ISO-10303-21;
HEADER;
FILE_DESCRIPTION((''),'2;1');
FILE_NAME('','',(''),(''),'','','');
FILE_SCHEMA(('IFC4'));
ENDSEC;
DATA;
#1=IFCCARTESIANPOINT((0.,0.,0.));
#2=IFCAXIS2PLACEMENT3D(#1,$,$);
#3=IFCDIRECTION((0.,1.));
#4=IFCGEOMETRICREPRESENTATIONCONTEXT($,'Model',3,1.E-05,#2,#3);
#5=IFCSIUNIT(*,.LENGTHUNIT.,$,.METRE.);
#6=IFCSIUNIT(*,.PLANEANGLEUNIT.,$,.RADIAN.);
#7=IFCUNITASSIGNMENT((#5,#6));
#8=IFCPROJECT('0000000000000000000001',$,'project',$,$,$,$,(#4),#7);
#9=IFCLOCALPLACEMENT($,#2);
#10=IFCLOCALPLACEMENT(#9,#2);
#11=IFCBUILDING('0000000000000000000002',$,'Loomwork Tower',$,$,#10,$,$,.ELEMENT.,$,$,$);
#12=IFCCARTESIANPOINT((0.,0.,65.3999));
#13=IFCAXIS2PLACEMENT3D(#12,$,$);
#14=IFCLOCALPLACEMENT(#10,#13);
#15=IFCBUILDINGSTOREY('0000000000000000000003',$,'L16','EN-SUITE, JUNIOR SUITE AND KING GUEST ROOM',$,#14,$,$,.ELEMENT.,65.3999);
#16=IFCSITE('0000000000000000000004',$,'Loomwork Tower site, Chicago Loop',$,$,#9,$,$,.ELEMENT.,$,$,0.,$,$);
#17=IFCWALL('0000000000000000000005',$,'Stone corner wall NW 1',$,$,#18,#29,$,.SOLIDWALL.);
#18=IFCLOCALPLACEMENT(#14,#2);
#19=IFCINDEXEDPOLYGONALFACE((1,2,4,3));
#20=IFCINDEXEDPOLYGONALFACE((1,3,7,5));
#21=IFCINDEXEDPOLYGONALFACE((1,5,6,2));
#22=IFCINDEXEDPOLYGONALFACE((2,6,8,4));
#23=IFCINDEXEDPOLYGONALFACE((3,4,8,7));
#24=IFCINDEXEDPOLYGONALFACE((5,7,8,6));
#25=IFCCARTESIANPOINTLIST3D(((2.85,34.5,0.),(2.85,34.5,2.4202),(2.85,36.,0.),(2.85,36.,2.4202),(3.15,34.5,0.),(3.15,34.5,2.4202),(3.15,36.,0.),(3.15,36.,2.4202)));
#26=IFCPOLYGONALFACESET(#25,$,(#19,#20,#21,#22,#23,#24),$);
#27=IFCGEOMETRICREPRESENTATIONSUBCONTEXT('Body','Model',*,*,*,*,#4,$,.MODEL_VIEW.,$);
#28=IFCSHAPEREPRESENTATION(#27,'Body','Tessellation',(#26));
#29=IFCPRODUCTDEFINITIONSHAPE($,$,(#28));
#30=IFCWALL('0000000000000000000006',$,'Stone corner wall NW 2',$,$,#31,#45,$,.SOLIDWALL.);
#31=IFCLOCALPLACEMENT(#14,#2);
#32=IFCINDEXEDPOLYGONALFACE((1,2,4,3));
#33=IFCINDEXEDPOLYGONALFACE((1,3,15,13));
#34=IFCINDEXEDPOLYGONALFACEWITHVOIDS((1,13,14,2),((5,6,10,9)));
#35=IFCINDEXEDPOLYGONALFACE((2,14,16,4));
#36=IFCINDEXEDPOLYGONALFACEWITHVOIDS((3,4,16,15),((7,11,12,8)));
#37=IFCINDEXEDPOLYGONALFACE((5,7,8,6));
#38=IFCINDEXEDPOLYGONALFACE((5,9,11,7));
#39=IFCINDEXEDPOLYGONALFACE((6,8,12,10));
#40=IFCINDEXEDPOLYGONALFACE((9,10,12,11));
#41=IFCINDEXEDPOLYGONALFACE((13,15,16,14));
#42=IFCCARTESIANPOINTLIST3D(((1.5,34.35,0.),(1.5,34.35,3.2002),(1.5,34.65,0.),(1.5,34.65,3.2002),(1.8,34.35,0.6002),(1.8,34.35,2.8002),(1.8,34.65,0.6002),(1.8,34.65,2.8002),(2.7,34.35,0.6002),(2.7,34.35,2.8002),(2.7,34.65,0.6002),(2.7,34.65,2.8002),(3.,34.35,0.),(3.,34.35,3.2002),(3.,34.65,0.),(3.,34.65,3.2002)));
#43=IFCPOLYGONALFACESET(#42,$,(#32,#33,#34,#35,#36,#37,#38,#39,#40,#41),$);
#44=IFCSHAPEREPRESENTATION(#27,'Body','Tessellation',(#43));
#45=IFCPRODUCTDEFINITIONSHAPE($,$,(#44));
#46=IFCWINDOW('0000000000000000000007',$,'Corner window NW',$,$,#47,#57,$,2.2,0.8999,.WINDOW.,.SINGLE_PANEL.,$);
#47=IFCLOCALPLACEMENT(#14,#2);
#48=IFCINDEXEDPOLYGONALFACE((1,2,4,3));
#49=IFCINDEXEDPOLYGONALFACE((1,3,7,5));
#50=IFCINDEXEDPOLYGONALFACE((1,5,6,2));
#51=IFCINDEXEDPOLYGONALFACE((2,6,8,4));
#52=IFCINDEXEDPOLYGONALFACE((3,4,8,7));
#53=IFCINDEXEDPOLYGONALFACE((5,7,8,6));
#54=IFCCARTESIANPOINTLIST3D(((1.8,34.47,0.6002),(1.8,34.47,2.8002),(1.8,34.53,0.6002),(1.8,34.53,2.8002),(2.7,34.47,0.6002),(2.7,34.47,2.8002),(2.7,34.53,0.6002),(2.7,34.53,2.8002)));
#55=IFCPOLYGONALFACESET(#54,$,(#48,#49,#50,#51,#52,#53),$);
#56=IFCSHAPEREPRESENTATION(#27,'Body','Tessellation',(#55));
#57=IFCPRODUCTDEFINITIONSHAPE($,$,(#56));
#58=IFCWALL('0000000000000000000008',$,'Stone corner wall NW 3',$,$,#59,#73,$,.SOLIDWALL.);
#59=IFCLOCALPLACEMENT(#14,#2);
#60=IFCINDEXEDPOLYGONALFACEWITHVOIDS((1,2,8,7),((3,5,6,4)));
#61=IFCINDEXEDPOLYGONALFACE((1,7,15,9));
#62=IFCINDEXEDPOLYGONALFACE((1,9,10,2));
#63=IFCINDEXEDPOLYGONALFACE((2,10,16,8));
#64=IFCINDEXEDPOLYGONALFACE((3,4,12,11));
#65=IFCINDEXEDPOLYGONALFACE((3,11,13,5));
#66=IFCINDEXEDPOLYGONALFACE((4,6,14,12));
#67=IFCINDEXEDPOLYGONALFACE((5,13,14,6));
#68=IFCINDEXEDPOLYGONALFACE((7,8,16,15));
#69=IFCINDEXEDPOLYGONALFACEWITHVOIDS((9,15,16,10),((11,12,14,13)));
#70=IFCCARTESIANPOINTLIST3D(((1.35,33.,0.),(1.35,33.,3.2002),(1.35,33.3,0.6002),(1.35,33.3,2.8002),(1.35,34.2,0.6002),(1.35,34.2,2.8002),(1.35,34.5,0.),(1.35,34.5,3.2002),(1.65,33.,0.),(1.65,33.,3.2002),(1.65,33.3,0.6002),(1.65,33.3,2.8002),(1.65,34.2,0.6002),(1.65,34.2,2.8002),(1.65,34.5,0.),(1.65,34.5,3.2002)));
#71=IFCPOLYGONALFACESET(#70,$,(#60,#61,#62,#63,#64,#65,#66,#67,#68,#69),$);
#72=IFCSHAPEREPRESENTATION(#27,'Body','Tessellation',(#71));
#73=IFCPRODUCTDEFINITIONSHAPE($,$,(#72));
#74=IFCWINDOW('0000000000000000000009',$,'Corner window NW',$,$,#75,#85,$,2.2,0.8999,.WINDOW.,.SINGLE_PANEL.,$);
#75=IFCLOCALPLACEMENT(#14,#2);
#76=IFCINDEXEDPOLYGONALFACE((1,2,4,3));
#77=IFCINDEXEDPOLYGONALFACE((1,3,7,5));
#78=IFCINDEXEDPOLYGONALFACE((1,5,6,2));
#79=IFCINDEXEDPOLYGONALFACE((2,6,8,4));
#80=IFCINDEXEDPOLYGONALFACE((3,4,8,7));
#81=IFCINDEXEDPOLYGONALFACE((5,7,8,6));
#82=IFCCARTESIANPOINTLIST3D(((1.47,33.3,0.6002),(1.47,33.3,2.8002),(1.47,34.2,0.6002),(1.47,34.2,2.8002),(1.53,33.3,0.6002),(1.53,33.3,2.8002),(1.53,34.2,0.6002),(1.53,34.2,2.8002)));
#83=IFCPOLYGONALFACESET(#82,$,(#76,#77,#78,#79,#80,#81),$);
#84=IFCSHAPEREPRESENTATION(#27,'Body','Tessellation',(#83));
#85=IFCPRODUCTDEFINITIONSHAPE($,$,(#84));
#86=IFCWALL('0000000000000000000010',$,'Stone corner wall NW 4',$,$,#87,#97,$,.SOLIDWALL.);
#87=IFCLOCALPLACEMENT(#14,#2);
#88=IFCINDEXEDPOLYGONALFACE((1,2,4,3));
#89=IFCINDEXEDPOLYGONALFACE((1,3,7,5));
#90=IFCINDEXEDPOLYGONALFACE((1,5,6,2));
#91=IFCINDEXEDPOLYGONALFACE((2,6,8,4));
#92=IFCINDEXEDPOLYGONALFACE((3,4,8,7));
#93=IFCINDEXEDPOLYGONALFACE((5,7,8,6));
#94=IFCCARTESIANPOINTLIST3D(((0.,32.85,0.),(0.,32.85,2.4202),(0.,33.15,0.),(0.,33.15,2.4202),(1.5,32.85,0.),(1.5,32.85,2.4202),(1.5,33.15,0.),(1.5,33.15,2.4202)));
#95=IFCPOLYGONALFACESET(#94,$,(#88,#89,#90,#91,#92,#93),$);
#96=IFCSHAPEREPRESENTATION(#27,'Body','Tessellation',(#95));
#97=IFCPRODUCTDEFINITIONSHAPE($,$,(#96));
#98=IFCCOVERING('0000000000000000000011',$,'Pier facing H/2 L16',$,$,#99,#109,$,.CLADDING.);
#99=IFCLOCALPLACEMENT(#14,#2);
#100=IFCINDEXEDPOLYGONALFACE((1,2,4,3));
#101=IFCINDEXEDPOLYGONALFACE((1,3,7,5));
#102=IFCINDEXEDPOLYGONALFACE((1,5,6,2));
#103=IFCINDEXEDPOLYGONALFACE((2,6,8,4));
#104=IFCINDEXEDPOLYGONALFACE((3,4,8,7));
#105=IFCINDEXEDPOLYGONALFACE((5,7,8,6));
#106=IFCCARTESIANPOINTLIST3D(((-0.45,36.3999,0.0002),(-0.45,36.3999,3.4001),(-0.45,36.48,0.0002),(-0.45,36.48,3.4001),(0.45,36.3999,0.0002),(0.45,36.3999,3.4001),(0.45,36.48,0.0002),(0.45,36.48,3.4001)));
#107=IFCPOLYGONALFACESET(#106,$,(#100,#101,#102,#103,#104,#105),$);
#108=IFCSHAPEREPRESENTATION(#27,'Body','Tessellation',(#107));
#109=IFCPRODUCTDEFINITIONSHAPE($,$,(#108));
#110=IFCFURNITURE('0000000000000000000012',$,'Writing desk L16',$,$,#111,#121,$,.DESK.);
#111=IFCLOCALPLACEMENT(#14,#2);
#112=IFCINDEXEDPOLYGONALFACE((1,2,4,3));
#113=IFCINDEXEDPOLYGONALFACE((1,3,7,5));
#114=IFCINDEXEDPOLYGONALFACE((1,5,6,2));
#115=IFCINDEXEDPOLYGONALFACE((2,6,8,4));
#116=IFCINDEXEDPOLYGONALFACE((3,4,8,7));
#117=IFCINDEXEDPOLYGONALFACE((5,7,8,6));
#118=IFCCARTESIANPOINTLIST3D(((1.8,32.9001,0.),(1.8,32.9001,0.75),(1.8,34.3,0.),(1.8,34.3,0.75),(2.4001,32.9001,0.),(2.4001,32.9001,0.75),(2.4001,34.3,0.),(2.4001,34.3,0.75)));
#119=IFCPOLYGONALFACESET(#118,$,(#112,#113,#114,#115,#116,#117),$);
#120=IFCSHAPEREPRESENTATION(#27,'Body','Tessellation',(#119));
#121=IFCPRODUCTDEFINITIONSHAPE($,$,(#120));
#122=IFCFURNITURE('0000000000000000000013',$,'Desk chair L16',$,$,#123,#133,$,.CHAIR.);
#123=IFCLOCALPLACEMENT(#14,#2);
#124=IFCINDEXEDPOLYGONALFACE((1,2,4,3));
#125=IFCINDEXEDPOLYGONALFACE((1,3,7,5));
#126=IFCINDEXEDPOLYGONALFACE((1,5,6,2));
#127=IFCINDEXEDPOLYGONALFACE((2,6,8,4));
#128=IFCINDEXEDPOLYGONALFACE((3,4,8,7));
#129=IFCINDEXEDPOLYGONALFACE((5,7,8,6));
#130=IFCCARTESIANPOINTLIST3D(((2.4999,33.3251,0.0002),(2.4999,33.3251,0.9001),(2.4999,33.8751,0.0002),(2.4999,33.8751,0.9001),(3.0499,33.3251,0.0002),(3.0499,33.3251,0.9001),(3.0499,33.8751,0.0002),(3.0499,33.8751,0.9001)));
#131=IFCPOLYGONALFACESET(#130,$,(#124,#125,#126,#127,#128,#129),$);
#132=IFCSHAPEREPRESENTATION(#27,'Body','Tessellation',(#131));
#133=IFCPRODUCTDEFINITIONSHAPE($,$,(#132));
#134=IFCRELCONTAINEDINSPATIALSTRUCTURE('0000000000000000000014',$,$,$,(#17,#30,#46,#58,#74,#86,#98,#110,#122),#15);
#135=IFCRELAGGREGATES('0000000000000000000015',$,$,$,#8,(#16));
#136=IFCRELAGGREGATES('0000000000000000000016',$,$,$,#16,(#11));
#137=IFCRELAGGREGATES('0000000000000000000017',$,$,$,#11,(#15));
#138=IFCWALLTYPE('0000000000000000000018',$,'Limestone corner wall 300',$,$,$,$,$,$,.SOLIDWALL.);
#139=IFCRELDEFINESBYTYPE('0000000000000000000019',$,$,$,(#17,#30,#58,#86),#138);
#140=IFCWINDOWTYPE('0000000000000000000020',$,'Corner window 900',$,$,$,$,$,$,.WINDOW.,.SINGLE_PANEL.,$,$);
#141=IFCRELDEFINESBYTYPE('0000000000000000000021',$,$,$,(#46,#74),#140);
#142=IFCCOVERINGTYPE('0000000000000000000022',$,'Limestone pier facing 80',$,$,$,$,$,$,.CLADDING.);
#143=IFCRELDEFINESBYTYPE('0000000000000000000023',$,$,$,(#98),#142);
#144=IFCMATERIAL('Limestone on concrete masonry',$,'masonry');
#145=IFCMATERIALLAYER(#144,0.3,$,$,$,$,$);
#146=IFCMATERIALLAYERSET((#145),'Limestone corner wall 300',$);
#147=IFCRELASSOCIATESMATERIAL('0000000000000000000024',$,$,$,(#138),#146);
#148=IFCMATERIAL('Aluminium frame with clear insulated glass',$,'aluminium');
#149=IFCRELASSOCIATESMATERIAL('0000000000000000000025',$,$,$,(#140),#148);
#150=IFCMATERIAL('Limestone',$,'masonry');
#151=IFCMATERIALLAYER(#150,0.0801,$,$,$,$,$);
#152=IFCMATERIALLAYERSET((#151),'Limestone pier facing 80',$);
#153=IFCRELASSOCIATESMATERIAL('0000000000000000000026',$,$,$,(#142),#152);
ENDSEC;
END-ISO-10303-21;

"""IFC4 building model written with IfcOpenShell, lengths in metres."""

from ifc_helpers import new_model, si_unit, direction, frame, frame_2d, origin, origin_2d, place, context, subcontext, project, spatial, rectangle, extrude, material, layer, layer_set, type_object, element, fill, save


model = new_model("IFC4")

# Units and contexts
model_context = context("Model", 3, precision=1e-05, world=origin(), true_north=direction((0.0, 1.0)))
body_context = subcontext(model_context, "Body", "Model", "MODEL_VIEW")
ifc_project = project(units=[si_unit("LENGTHUNIT", "METRE"), si_unit("PLANEANGLEUNIT", "RADIAN")], contexts=[model_context])

# Site, building, storey
site_placement = place(None, origin())
site = spatial("IfcSite", under=ifc_project, at=site_placement, Name="Loomwork Tower site, Chicago Loop", CompositionType="ELEMENT", RefElevation=0.0)
building_placement = place(site_placement, origin())
building = spatial("IfcBuilding", under=site, at=building_placement, Name="Loomwork Tower", CompositionType="ELEMENT")
storey_placement = place(building_placement, frame((0.0, 0.0, 65.3999)))
storey = spatial("IfcBuildingStorey", under=building, at=storey_placement, Name="L16", Description="EN-SUITE, JUNIOR SUITE AND KING GUEST ROOM", CompositionType="ELEMENT", Elevation=65.3999)

# Wall
ifc_material_1 = material(Name="Limestone on concrete masonry", Category="masonry")
ifc_layer_1 = layer(ifc_material_1, 0.3)
ifc_layer_set_1 = layer_set([ifc_layer_1], Name="Limestone corner wall 300")
wall_type_1 = type_object("IfcWallType", Name="Limestone corner wall 300", PredefinedType="SOLIDWALL", material=ifc_layer_set_1)
wall_1_placement = place(storey_placement, frame((3.0, 36.0, 0.0), z_axis=(0.0, 0.0, 1.0), x_axis=(0.0, -1.0, 0.0)))
element("IfcWall", 1, at=wall_1_placement, inside=storey, type_object=wall_type_1, Name="Stone corner wall NW 1", PredefinedType="SOLIDWALL", context=body_context, shape_type="SweptSolid", body=[
    extrude(rectangle(XDim=1.5, YDim=0.3, at=frame_2d((0.75, 0.0))), origin(), (0.0, 0.0, 1.0), 2.4202),
])

# Walls, openings, windows
wall_2_placement = place(storey_placement, frame((3.0, 34.5, 0.0), z_axis=(0.0, 0.0, 1.0), x_axis=(-1.0, 0.0, 0.0)))
wall_2 = element("IfcWall", 2, at=wall_2_placement, inside=storey, type_object=wall_type_1, Name="Stone corner wall NW 2", PredefinedType="SOLIDWALL", context=body_context, shape_type="SweptSolid", body=[
    extrude(rectangle(XDim=1.5, YDim=0.3, at=frame_2d((0.75, 0.0))), origin(), (0.0, 0.0, 1.0), 3.2002),
])
opening_1_placement = place(wall_2_placement, frame((0.3, 0.0, 0.6001)))
opening_1 = element("IfcOpeningElement", 3, at=opening_1_placement, cuts=wall_2, PredefinedType="OPENING", context=body_context, shape_type="SweptSolid", body=[
    extrude(rectangle(XDim=0.8999, YDim=2.2, at=frame_2d((0.45, 1.1001))), frame((0.0, 0.1599, 0.0), z_axis=(0.0, -1.0, 0.0), x_axis=(1.0, 0.0, 0.0)), (0.0, 0.0, 1.0), 0.3201),
])
ifc_material_2 = material(Name="Aluminium frame with clear insulated glass", Category="aluminium")
window_type_1 = type_object("IfcWindowType", Name="Corner window 900", PartitioningType="SINGLE_PANEL", PredefinedType="WINDOW", material=ifc_material_2)
window_1_placement = place(opening_1_placement, origin())
window_1 = element("IfcWindow", 4, at=window_1_placement, inside=storey, type_object=window_type_1, Name="Corner window NW", OverallHeight=2.2, OverallWidth=0.8999, PartitioningType="SINGLE_PANEL", PredefinedType="WINDOW", context=body_context, shape_type="SweptSolid", body=[
    extrude(rectangle(XDim=0.8999, YDim=2.2, at=frame_2d((0.45, 1.1001))), frame((0.0, 0.03, 0.0), z_axis=(0.0, -1.0, 0.0), x_axis=(1.0, 0.0, 0.0)), (0.0, 0.0, 1.0), 0.0601),
])
fill(opening_1, window_1)
wall_3_placement = place(storey_placement, frame((1.5, 34.5, 0.0), z_axis=(0.0, 0.0, 1.0), x_axis=(0.0, -1.0, 0.0)))
wall_3 = element("IfcWall", 5, at=wall_3_placement, inside=storey, type_object=wall_type_1, Name="Stone corner wall NW 3", PredefinedType="SOLIDWALL", context=body_context, shape_type="SweptSolid", body=[
    extrude(rectangle(XDim=1.5, YDim=0.3, at=frame_2d((0.75, 0.0))), origin(), (0.0, 0.0, 1.0), 3.2002),
])
opening_2_placement = place(wall_3_placement, frame((0.3, 0.0, 0.6001)))
opening_2 = element("IfcOpeningElement", 6, at=opening_2_placement, cuts=wall_3, PredefinedType="OPENING", context=body_context, shape_type="SweptSolid", body=[
    extrude(rectangle(XDim=0.8999, YDim=2.2, at=frame_2d((0.45, 1.1001))), frame((0.0, 0.1599, 0.0), z_axis=(0.0, -1.0, 0.0), x_axis=(1.0, 0.0, 0.0)), (0.0, 0.0, 1.0), 0.3201),
])
window_2_placement = place(opening_2_placement, origin())
window_2 = element("IfcWindow", 7, at=window_2_placement, inside=storey, type_object=window_type_1, Name="Corner window NW", OverallHeight=2.2, OverallWidth=0.8999, PartitioningType="SINGLE_PANEL", PredefinedType="WINDOW", context=body_context, shape_type="SweptSolid", body=[
    extrude(rectangle(XDim=0.8999, YDim=2.2, at=frame_2d((0.45, 1.1001))), frame((0.0, 0.03, 0.0), z_axis=(0.0, -1.0, 0.0), x_axis=(1.0, 0.0, 0.0)), (0.0, 0.0, 1.0), 0.0601),
])
fill(opening_2, window_2)

# Wall
wall_4_placement = place(storey_placement, frame((1.5, 33.0, 0.0), z_axis=(0.0, 0.0, 1.0), x_axis=(-1.0, 0.0, 0.0)))
element("IfcWall", 8, at=wall_4_placement, inside=storey, type_object=wall_type_1, Name="Stone corner wall NW 4", PredefinedType="SOLIDWALL", context=body_context, shape_type="SweptSolid", body=[
    extrude(rectangle(XDim=1.5, YDim=0.3, at=frame_2d((0.75, 0.0))), origin(), (0.0, 0.0, 1.0), 2.4202),
])

# Covering
ifc_material_3 = material(Name="Limestone", Category="masonry")
ifc_layer_2 = layer(ifc_material_3, 0.0801)
ifc_layer_set_2 = layer_set([ifc_layer_2], Name="Limestone pier facing 80")
covering_type = type_object("IfcCoveringType", Name="Limestone pier facing 80", PredefinedType="CLADDING", material=ifc_layer_set_2)
covering_placement = place(storey_placement, frame((0.0, 36.4399, 0.0002), z_axis=(0.0, 0.0, 1.0), x_axis=(1.0, 0.0, 0.0)))
element("IfcCovering", 9, at=covering_placement, inside=storey, type_object=covering_type, Name="Pier facing H/2 L16", PredefinedType="CLADDING", context=body_context, shape_type="SweptSolid", body=[
    extrude(rectangle(XDim=0.8999, YDim=0.0801, at=origin_2d()), origin(), (0.0, 0.0, 1.0), 3.3999),
])

# Furniture
furniture_1_placement = place(storey_placement, frame((2.1001, 33.6001, 0.0), z_axis=(0.0, 0.0, 1.0), x_axis=(1.0, 0.0, 0.0)))
element("IfcFurniture", 10, at=furniture_1_placement, inside=storey, Name="Writing desk L16", PredefinedType="DESK", context=body_context, shape_type="SweptSolid", body=[
    extrude(rectangle(XDim=0.6001, YDim=1.3999, at=origin_2d()), origin(), (0.0, 0.0, 1.0), 0.75),
])
furniture_2_placement = place(storey_placement, frame((2.7749, 33.6001, 0.0002), z_axis=(0.0, 0.0, 1.0), x_axis=(1.0, 0.0, 0.0)))
element("IfcFurniture", 11, at=furniture_2_placement, inside=storey, Name="Desk chair L16", PredefinedType="CHAIR", context=body_context, shape_type="SweptSolid", body=[
    extrude(rectangle(XDim=0.55, YDim=0.55, at=origin_2d()), origin(), (0.0, 0.0, 1.0), 0.8999),
])

save(model, "model.ifc")
